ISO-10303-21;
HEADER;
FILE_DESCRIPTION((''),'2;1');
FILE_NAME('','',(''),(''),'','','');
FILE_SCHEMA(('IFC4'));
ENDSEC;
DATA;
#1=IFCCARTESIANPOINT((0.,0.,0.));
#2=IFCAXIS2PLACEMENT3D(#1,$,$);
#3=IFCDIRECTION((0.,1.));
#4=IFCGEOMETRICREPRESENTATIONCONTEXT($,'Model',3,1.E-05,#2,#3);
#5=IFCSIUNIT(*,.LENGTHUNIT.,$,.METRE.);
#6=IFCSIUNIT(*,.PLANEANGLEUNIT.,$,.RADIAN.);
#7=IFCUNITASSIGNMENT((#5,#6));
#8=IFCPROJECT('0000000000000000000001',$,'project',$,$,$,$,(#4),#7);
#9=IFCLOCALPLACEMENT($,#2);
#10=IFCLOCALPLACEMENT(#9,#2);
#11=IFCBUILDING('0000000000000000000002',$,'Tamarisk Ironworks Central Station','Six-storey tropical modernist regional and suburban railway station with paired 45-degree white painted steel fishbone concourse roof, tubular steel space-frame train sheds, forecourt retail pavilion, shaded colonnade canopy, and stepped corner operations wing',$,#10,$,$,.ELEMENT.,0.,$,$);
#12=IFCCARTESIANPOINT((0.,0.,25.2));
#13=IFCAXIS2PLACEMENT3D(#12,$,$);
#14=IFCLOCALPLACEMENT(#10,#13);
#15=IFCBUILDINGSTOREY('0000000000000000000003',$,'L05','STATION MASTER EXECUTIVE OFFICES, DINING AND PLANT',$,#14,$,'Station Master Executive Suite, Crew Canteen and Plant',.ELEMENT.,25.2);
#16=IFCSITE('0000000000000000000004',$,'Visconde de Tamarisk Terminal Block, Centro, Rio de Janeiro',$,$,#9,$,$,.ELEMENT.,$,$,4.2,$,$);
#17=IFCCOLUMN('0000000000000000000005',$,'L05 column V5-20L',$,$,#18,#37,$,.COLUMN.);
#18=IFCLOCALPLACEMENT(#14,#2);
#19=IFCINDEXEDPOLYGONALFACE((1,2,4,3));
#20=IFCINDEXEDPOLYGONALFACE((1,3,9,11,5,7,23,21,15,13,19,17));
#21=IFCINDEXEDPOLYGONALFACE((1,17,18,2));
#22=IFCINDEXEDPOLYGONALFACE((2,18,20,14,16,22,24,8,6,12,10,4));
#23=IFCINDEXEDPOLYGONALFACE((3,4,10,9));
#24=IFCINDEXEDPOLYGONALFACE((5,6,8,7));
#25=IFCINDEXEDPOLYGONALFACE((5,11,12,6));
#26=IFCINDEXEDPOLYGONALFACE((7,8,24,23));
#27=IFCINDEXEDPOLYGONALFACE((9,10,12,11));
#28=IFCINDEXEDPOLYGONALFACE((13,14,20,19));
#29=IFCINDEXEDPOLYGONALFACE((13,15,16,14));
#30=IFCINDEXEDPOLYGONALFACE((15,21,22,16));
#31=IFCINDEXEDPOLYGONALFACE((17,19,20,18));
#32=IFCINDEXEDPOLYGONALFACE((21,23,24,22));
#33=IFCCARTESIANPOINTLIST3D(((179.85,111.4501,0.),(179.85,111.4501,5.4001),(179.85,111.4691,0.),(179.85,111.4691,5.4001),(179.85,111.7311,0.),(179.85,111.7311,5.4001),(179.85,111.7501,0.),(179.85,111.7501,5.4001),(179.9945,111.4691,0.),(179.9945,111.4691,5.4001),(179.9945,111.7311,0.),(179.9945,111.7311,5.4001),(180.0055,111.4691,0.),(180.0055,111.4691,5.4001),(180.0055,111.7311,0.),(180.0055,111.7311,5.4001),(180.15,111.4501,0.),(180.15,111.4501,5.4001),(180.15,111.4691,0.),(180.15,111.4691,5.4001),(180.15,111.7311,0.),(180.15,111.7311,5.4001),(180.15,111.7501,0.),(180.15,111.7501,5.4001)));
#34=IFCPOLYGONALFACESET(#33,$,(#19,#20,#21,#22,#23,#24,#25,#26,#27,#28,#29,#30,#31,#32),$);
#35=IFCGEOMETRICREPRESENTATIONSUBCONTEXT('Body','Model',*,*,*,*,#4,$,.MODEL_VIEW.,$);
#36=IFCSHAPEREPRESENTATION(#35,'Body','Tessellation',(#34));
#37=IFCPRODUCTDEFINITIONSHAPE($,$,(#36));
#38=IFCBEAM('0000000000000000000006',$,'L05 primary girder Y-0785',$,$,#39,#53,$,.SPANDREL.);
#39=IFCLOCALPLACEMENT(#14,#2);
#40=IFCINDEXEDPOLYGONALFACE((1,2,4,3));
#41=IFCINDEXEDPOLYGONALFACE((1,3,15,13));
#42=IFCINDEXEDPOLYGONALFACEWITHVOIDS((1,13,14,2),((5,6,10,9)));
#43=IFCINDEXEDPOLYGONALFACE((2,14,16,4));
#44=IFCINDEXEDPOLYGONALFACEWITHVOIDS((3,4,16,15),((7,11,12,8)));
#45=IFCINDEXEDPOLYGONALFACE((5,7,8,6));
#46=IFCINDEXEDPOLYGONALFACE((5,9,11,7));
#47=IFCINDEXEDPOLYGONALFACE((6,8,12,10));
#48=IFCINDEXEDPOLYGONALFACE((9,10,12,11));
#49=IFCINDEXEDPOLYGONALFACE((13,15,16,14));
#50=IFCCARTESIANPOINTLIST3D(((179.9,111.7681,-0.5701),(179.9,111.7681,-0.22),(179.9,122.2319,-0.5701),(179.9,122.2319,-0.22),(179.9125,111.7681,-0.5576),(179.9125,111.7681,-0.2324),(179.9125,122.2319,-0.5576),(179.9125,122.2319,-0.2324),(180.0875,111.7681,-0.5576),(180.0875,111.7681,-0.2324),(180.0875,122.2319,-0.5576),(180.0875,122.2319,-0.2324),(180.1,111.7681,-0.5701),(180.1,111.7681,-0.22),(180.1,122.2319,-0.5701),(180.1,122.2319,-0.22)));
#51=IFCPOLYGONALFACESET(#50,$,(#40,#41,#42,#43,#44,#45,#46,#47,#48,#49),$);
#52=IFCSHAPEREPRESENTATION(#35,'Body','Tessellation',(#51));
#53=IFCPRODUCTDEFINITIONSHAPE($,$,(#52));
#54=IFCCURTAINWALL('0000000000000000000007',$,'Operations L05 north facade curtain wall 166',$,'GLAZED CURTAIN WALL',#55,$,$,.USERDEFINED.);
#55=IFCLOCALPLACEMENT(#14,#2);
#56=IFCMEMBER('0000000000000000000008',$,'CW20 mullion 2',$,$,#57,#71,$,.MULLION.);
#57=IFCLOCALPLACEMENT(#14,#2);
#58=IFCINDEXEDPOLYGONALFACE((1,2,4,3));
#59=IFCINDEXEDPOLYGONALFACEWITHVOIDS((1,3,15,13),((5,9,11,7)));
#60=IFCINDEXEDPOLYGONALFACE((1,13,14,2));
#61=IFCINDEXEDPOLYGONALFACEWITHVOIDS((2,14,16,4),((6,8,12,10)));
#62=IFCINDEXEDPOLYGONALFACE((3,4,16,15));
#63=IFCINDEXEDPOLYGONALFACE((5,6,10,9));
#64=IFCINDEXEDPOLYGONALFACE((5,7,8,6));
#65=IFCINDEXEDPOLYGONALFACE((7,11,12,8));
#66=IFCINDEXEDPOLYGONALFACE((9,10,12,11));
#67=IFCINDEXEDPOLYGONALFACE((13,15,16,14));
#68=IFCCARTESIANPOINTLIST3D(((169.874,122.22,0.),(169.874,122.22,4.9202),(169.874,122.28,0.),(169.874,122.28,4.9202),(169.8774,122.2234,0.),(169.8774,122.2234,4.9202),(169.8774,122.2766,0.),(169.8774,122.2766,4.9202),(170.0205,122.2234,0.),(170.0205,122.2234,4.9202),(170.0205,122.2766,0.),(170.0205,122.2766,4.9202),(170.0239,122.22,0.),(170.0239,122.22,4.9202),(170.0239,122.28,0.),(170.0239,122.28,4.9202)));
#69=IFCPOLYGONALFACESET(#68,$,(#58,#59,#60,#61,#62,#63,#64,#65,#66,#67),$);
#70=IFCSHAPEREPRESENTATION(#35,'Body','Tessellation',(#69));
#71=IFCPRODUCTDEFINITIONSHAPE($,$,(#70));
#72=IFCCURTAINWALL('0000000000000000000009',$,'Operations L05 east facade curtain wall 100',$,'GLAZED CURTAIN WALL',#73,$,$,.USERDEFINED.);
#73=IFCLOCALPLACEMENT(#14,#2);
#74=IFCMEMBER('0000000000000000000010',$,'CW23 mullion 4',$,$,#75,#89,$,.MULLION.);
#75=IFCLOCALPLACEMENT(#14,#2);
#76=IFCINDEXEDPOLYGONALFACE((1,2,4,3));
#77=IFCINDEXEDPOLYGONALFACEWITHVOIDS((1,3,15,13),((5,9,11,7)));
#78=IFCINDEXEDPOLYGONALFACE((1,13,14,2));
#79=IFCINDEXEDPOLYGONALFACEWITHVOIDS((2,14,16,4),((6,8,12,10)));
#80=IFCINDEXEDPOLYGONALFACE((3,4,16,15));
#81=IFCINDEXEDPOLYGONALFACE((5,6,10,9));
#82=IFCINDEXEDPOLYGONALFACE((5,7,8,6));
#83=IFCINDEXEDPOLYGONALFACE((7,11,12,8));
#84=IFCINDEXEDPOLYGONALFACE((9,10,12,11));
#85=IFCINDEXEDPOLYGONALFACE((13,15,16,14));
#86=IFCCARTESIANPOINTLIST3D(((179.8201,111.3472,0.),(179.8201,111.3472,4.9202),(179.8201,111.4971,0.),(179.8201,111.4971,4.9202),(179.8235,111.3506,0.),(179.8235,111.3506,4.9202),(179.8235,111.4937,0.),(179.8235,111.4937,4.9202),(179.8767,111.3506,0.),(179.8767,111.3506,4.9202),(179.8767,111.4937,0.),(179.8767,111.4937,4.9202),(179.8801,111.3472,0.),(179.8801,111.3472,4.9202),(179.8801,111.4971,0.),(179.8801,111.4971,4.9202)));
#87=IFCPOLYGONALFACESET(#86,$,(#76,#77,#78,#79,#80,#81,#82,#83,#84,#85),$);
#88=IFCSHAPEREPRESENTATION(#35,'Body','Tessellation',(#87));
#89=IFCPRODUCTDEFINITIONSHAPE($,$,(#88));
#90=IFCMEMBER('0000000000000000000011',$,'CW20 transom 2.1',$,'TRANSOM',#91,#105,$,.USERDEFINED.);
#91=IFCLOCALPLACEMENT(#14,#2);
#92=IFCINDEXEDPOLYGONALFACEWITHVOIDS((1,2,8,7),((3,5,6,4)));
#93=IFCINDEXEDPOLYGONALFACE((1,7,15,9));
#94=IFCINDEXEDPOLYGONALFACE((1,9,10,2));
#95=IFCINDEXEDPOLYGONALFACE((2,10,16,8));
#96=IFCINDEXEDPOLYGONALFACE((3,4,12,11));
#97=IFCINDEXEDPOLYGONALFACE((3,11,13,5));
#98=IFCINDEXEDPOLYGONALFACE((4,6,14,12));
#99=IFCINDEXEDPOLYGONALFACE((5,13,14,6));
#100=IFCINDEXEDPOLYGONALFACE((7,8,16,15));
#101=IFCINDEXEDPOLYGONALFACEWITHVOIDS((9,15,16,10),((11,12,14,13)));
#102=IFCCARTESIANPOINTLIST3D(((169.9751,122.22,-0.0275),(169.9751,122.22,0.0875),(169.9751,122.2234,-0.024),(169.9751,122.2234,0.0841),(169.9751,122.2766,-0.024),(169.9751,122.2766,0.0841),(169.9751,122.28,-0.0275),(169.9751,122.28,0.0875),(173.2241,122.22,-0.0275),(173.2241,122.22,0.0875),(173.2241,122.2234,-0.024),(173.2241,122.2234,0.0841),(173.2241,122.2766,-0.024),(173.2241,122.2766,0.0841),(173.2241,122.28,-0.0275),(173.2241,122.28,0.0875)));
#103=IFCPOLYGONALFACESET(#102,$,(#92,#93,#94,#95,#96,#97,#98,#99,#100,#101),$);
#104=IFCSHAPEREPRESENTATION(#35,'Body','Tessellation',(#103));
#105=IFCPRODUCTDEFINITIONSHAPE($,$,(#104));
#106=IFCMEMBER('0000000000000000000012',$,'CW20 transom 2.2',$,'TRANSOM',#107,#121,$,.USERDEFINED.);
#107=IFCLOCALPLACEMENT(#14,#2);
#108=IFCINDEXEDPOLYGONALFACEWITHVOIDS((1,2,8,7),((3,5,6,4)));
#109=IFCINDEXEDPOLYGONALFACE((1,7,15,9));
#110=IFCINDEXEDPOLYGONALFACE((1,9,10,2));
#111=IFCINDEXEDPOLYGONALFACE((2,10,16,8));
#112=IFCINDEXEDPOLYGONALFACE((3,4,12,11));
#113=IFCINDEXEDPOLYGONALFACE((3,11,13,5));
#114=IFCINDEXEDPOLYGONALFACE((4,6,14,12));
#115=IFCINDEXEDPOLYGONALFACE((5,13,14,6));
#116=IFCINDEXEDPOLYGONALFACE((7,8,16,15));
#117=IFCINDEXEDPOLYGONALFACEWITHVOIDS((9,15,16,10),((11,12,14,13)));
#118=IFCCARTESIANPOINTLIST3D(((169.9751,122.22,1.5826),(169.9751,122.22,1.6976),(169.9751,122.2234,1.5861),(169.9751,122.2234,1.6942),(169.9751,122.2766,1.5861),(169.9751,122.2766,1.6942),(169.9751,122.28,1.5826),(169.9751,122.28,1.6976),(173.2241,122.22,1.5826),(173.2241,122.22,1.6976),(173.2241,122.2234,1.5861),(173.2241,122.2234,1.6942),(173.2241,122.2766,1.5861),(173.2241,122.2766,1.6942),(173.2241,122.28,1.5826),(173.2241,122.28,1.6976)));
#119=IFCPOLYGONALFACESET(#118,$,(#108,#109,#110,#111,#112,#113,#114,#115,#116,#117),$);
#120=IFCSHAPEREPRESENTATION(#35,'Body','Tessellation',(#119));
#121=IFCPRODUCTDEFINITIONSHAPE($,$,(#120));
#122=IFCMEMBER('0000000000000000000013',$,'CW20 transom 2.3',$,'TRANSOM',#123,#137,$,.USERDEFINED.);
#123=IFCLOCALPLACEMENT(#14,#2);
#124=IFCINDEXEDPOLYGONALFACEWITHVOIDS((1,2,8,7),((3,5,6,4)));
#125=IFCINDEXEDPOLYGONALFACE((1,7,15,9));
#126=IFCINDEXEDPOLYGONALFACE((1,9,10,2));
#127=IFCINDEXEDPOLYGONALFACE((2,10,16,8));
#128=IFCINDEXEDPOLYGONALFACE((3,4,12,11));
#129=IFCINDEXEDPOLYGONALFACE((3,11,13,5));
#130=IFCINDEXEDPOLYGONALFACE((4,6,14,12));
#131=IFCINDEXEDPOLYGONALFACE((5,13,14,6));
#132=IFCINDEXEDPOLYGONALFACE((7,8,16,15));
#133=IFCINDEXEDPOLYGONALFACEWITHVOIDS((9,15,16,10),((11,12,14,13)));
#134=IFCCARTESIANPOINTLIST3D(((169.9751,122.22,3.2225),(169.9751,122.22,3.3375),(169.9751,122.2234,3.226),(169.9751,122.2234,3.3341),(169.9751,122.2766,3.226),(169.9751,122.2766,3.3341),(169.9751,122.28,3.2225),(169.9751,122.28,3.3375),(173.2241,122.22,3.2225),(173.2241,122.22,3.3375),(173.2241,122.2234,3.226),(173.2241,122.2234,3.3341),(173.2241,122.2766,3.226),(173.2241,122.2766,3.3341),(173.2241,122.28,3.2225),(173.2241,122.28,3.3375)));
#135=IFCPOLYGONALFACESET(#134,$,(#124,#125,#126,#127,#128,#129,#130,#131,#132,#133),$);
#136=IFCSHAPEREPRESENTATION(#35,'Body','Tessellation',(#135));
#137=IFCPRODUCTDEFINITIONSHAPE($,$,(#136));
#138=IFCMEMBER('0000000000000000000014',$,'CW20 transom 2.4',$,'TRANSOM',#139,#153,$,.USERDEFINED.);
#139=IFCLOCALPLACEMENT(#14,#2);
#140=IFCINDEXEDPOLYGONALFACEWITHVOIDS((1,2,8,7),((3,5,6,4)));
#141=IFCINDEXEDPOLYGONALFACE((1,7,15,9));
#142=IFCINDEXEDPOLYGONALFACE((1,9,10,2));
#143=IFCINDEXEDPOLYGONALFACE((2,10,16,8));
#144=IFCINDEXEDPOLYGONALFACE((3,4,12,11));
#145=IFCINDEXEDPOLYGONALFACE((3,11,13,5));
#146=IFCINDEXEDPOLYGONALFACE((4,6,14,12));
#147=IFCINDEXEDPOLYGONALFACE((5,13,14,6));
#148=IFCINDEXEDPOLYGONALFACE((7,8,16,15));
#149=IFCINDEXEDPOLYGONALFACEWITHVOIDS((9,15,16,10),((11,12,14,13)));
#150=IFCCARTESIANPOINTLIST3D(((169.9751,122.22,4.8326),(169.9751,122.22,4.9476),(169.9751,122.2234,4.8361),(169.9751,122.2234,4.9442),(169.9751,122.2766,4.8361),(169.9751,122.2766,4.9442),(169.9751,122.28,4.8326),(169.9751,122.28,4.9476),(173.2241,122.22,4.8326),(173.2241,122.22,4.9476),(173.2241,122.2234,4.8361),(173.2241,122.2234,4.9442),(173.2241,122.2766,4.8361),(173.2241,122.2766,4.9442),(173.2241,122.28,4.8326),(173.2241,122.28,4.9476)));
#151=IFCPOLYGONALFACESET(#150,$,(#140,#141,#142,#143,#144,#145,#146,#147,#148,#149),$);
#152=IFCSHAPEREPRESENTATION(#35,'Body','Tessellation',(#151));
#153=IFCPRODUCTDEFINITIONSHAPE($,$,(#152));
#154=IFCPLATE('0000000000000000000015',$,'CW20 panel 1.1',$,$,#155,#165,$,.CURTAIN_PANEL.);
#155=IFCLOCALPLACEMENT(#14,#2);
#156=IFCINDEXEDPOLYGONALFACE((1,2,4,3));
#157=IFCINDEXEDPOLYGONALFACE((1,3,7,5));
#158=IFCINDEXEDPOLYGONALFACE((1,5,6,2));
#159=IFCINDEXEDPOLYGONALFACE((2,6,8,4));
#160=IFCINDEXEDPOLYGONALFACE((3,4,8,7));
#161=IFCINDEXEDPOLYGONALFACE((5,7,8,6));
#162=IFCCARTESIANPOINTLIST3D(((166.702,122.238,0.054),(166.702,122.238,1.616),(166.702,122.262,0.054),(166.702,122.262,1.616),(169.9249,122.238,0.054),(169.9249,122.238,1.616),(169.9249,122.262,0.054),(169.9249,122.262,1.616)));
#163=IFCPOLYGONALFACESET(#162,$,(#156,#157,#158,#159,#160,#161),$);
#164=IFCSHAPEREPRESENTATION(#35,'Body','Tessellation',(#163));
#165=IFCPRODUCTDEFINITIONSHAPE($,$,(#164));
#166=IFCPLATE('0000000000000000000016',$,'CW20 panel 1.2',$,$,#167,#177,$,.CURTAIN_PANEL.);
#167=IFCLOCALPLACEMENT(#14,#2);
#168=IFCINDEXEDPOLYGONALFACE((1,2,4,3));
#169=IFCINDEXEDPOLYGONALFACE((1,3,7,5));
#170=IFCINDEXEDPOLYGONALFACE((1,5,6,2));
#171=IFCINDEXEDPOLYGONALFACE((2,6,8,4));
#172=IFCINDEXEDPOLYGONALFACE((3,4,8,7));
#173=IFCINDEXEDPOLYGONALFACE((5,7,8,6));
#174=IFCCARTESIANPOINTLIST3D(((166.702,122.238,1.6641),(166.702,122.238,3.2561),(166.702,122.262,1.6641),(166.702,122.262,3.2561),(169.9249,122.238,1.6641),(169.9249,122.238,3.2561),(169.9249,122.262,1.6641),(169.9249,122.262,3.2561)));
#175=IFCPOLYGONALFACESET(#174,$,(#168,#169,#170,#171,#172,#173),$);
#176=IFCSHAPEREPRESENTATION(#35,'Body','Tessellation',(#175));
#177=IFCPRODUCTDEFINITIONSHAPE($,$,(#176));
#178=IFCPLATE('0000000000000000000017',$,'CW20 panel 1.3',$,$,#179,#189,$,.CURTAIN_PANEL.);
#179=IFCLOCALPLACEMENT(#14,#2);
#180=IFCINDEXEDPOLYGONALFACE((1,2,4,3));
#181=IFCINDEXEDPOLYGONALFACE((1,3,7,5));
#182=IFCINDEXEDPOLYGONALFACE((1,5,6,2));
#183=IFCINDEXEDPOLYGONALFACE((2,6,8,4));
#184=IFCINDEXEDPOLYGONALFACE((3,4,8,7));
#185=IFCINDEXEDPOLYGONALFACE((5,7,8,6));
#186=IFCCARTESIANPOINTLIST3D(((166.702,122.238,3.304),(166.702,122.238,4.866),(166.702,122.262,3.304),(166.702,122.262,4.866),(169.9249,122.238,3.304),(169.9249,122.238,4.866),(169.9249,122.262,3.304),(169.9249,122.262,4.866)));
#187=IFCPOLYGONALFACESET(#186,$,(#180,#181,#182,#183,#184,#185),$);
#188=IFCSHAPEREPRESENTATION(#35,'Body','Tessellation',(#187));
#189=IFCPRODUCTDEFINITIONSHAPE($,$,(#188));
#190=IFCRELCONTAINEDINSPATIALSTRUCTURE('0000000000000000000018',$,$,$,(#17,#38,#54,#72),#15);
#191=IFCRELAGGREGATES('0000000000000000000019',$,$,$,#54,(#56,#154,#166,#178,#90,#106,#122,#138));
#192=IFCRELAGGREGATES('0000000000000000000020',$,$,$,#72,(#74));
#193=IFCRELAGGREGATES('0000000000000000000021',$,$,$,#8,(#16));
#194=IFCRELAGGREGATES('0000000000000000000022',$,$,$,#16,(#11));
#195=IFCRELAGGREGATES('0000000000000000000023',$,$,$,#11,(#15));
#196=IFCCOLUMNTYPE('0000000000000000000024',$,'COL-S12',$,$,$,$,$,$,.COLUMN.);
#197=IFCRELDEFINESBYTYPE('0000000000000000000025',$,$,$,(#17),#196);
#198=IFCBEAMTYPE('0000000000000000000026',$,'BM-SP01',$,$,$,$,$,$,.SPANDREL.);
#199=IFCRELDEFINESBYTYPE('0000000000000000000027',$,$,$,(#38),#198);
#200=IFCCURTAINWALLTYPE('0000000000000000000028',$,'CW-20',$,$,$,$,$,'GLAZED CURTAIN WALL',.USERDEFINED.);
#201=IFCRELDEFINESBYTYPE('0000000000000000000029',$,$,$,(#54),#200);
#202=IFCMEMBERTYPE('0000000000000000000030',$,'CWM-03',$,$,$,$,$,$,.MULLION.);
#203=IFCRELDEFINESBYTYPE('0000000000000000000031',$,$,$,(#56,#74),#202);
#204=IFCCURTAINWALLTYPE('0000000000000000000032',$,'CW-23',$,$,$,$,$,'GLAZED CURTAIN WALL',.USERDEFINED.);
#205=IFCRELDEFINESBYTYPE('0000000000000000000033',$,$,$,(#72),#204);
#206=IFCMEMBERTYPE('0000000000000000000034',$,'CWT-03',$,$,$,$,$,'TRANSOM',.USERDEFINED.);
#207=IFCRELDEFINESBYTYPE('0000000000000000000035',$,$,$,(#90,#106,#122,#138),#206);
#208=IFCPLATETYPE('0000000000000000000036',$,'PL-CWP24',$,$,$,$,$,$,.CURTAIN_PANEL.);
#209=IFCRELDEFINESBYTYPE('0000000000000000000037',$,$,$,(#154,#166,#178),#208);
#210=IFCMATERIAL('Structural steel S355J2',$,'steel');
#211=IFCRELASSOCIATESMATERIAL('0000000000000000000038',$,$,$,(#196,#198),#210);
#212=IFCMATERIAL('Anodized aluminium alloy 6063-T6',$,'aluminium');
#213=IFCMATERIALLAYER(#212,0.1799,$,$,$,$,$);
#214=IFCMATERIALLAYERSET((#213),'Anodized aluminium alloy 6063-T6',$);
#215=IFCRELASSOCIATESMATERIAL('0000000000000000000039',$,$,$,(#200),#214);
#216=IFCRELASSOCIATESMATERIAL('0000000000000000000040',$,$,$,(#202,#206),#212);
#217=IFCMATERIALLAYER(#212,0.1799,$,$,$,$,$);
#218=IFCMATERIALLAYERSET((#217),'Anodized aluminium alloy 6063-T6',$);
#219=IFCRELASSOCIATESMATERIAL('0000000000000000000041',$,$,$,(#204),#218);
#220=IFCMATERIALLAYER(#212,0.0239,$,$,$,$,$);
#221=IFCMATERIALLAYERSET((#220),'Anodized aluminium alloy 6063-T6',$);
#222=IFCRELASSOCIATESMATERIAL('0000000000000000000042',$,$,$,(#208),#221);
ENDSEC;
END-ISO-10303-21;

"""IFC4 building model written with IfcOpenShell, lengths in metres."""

from ifc_helpers import new_model, si_unit, direction, frame, origin, origin_2d, place, context, subcontext, project, spatial, rectangle, hollow_rectangle, i_section, extrude, material, layer, layer_set, material_profile, profile_set, type_object, element, aggregate, save


model = new_model("IFC4")

# Units and contexts
model_context = context("Model", 3, precision=1e-05, world=origin(), true_north=direction((0.0, 1.0)))
body_context = subcontext(model_context, "Body", "Model", "MODEL_VIEW")
ifc_project = project(units=[si_unit("LENGTHUNIT", "METRE"), si_unit("PLANEANGLEUNIT", "RADIAN")], contexts=[model_context])

# Site, building, storey
site_placement = place(None, origin())
site = spatial("IfcSite", under=ifc_project, at=site_placement, Name="Visconde de Tamarisk Terminal Block, Centro, Rio de Janeiro", CompositionType="ELEMENT", RefElevation=4.2)
building_placement = place(site_placement, origin())
building = spatial("IfcBuilding", under=site, at=building_placement, Name="Tamarisk Ironworks Central Station", Description="Six-storey tropical modernist regional and suburban railway station with paired 45-degree white painted steel fishbone concourse roof, tubular steel space-frame train sheds, forecourt retail pavilion, shaded colonnade canopy, and stepped corner operations wing", CompositionType="ELEMENT", ElevationOfRefHeight=0.0)
storey_placement = place(building_placement, frame((0.0, 0.0, 25.2)))
storey = spatial("IfcBuildingStorey", under=building, at=storey_placement, Name="L05", Description="STATION MASTER EXECUTIVE OFFICES, DINING AND PLANT", LongName="Station Master Executive Suite, Crew Canteen and Plant", CompositionType="ELEMENT", Elevation=25.2)

# Column
ifc_material_1 = material(Name="Structural steel S355J2", Category="steel")
ifc_material_profile_1 = material_profile(ifc_material_1, i_section(OverallWidth=0.3, OverallDepth=0.3, WebThickness=0.011, FlangeThickness=0.019, at=origin_2d()), Name="HEB 300")
ifc_profile_set_1 = profile_set([ifc_material_profile_1], Name="Structural steel S355J2")
column_type = type_object("IfcColumnType", Name="COL-S12", PredefinedType="COLUMN", material=ifc_profile_set_1)
column_placement = place(storey_placement, frame((180.0, 111.6001, 0.0), z_axis=(0.0, 0.0, 1.0), x_axis=(1.0, 0.0, 0.0)))
element("IfcColumn", 1, at=column_placement, inside=storey, type_object=column_type, Name="L05 column V5-20L", PredefinedType="COLUMN", context=body_context, shape_type="SweptSolid", body=[
    extrude(i_section(OverallWidth=0.3, OverallDepth=0.3, WebThickness=0.011, FlangeThickness=0.019, at=origin_2d()), origin(), (0.0, 0.0, 1.0), 5.4001),
])

# Beam
ifc_material_profile_2 = material_profile(ifc_material_1, hollow_rectangle(XDim=0.2, YDim=0.3501, WallThickness=0.0125, at=origin_2d()), Name="RHS 350x200x12.5")
ifc_profile_set_2 = profile_set([ifc_material_profile_2], Name="Structural steel S355J2")
beam_type = type_object("IfcBeamType", Name="BM-SP01", PredefinedType="SPANDREL", material=ifc_profile_set_2)
beam_placement = place(storey_placement, frame((180.0, 111.7681, -0.395), z_axis=(0.0, 1.0, 0.0), x_axis=(-1.0, 0.0, 0.0)))
element("IfcBeam", 2, at=beam_placement, inside=storey, type_object=beam_type, Name="L05 primary girder Y-0785", PredefinedType="SPANDREL", context=body_context, shape_type="SweptSolid", body=[
    extrude(hollow_rectangle(XDim=0.2, YDim=0.3501, WallThickness=0.0125, at=origin_2d()), origin(), (0.0, 0.0, 1.0), 10.4639),
])

# Curtain walls, members
ifc_material_2 = material(Name="Anodized aluminium alloy 6063-T6", Category="aluminium")
ifc_layer_1 = layer(ifc_material_2, 0.1799)
ifc_layer_set_1 = layer_set([ifc_layer_1], Name="Anodized aluminium alloy 6063-T6")
curtain_wall_type_1 = type_object("IfcCurtainWallType", Name="CW-20", ElementType="GLAZED CURTAIN WALL", PredefinedType="USERDEFINED", material=ifc_layer_set_1)
curtain_wall_1_placement = place(storey_placement, origin())
curtain_wall_1 = element("IfcCurtainWall", 3, at=curtain_wall_1_placement, inside=storey, type_object=curtain_wall_type_1, Name="Operations L05 north facade curtain wall 166", ObjectType="GLAZED CURTAIN WALL", PredefinedType="USERDEFINED")
ifc_material_profile_3 = material_profile(ifc_material_2, hollow_rectangle(XDim=0.0601, YDim=0.1499, WallThickness=0.0034, at=origin_2d()), Name="ALUM 150x60")
ifc_profile_set_3 = profile_set([ifc_material_profile_3], Name="Anodized aluminium alloy 6063-T6")
member_type_1 = type_object("IfcMemberType", Name="CWM-03", PredefinedType="MULLION", material=ifc_profile_set_3)
member_1_placement = place(storey_placement, frame((169.949, 122.25, 0.0), z_axis=(0.0, 0.0, 1.0), x_axis=(0.0, 1.0, 0.0)))
member_1 = element("IfcMember", 4, at=member_1_placement, type_object=member_type_1, Name="CW20 mullion 2", PredefinedType="MULLION", context=body_context, shape_type="SweptSolid", body=[
    extrude(hollow_rectangle(XDim=0.0601, YDim=0.1499, WallThickness=0.0034, at=origin_2d()), origin(), (0.0, 0.0, 1.0), 4.9202),
])
ifc_layer_2 = layer(ifc_material_2, 0.1799)
ifc_layer_set_2 = layer_set([ifc_layer_2], Name="Anodized aluminium alloy 6063-T6")
curtain_wall_type_2 = type_object("IfcCurtainWallType", Name="CW-23", ElementType="GLAZED CURTAIN WALL", PredefinedType="USERDEFINED", material=ifc_layer_set_2)
curtain_wall_2_placement = place(storey_placement, origin())
curtain_wall_2 = element("IfcCurtainWall", 5, at=curtain_wall_2_placement, inside=storey, type_object=curtain_wall_type_2, Name="Operations L05 east facade curtain wall 100", ObjectType="GLAZED CURTAIN WALL", PredefinedType="USERDEFINED")
member_2_placement = place(storey_placement, frame((179.8501, 111.4221, 0.0), z_axis=(0.0, 0.0, 1.0), x_axis=(-1.0, 0.0, 0.0)))
member_2 = element("IfcMember", 6, at=member_2_placement, type_object=member_type_1, Name="CW23 mullion 4", PredefinedType="MULLION", context=body_context, shape_type="SweptSolid", body=[
    extrude(hollow_rectangle(XDim=0.0601, YDim=0.1499, WallThickness=0.0034, at=origin_2d()), origin(), (0.0, 0.0, 1.0), 4.9202),
])

# Members
ifc_material_profile_4 = material_profile(ifc_material_2, hollow_rectangle(XDim=0.0601, YDim=0.115, WallThickness=0.0034, at=origin_2d()), Name="ALUM 115x60")
ifc_profile_set_4 = profile_set([ifc_material_profile_4], Name="Anodized aluminium alloy 6063-T6")
member_type_2 = type_object("IfcMemberType", Name="CWT-03", ElementType="TRANSOM", PredefinedType="USERDEFINED", material=ifc_profile_set_4)
member_3_placement = place(storey_placement, frame((169.9751, 122.25, 0.03), z_axis=(1.0, 0.0, 0.0), x_axis=(0.0, 1.0, 0.0)))
member_3 = element("IfcMember", 7, at=member_3_placement, type_object=member_type_2, Name="CW20 transom 2.1", ObjectType="TRANSOM", PredefinedType="USERDEFINED", context=body_context, shape_type="SweptSolid", body=[
    extrude(hollow_rectangle(XDim=0.0601, YDim=0.115, WallThickness=0.0034, at=origin_2d()), origin(), (0.0, 0.0, 1.0), 3.249),
])
member_4_placement = place(storey_placement, frame((169.9751, 122.25, 1.6401), z_axis=(1.0, 0.0, 0.0), x_axis=(0.0, 1.0, 0.0)))
member_4 = element("IfcMember", 8, at=member_4_placement, type_object=member_type_2, Name="CW20 transom 2.2", ObjectType="TRANSOM", PredefinedType="USERDEFINED", context=body_context, shape_type="SweptSolid", body=[
    extrude(hollow_rectangle(XDim=0.0601, YDim=0.115, WallThickness=0.0034, at=origin_2d()), origin(), (0.0, 0.0, 1.0), 3.249),
])
member_5_placement = place(storey_placement, frame((169.9751, 122.25, 3.28), z_axis=(1.0, 0.0, 0.0), x_axis=(0.0, 1.0, 0.0)))
member_5 = element("IfcMember", 9, at=member_5_placement, type_object=member_type_2, Name="CW20 transom 2.3", ObjectType="TRANSOM", PredefinedType="USERDEFINED", context=body_context, shape_type="SweptSolid", body=[
    extrude(hollow_rectangle(XDim=0.0601, YDim=0.115, WallThickness=0.0034, at=origin_2d()), origin(), (0.0, 0.0, 1.0), 3.249),
])
member_6_placement = place(storey_placement, frame((169.9751, 122.25, 4.8901), z_axis=(1.0, 0.0, 0.0), x_axis=(0.0, 1.0, 0.0)))
member_6 = element("IfcMember", 10, at=member_6_placement, type_object=member_type_2, Name="CW20 transom 2.4", ObjectType="TRANSOM", PredefinedType="USERDEFINED", context=body_context, shape_type="SweptSolid", body=[
    extrude(hollow_rectangle(XDim=0.0601, YDim=0.115, WallThickness=0.0034, at=origin_2d()), origin(), (0.0, 0.0, 1.0), 3.249),
])

# Plates
ifc_layer_3 = layer(ifc_material_2, 0.0239)
ifc_layer_set_3 = layer_set([ifc_layer_3], Name="Anodized aluminium alloy 6063-T6")
plate_type_1 = type_object("IfcPlateType", Name="PL-CWP24", PredefinedType="CURTAIN_PANEL", material=ifc_layer_set_3)
plate_1_placement = place(storey_placement, frame((168.3135, 122.25, 0.054), z_axis=(0.0, 0.0, 1.0), x_axis=(1.0, 0.0, 0.0)))
plate_1 = element("IfcPlate", 11, at=plate_1_placement, type_object=plate_type_1, Name="CW20 panel 1.1", PredefinedType="CURTAIN_PANEL", context=body_context, shape_type="SweptSolid", body=[
    extrude(rectangle(XDim=3.2229, YDim=0.0239, at=origin_2d()), origin(), (0.0, 0.0, 1.0), 1.562),
])
plate_2_placement = place(storey_placement, frame((168.3135, 122.25, 1.6641), z_axis=(0.0, 0.0, 1.0), x_axis=(1.0, 0.0, 0.0)))
plate_2 = element("IfcPlate", 12, at=plate_2_placement, type_object=plate_type_1, Name="CW20 panel 1.2", PredefinedType="CURTAIN_PANEL", context=body_context, shape_type="SweptSolid", body=[
    extrude(rectangle(XDim=3.2229, YDim=0.0239, at=origin_2d()), origin(), (0.0, 0.0, 1.0), 1.592),
])
plate_3_placement = place(storey_placement, frame((168.3135, 122.25, 3.304), z_axis=(0.0, 0.0, 1.0), x_axis=(1.0, 0.0, 0.0)))
plate_3 = element("IfcPlate", 13, at=plate_3_placement, type_object=plate_type_1, Name="CW20 panel 1.3", PredefinedType="CURTAIN_PANEL", context=body_context, shape_type="SweptSolid", body=[
    extrude(rectangle(XDim=3.2229, YDim=0.0239, at=origin_2d()), origin(), (0.0, 0.0, 1.0), 1.562),
])
aggregate(curtain_wall_1, [member_1, plate_1, plate_2, plate_3, member_3, member_4, member_5, member_6])
aggregate(curtain_wall_2, [member_2])

save(model, "model.ifc")
